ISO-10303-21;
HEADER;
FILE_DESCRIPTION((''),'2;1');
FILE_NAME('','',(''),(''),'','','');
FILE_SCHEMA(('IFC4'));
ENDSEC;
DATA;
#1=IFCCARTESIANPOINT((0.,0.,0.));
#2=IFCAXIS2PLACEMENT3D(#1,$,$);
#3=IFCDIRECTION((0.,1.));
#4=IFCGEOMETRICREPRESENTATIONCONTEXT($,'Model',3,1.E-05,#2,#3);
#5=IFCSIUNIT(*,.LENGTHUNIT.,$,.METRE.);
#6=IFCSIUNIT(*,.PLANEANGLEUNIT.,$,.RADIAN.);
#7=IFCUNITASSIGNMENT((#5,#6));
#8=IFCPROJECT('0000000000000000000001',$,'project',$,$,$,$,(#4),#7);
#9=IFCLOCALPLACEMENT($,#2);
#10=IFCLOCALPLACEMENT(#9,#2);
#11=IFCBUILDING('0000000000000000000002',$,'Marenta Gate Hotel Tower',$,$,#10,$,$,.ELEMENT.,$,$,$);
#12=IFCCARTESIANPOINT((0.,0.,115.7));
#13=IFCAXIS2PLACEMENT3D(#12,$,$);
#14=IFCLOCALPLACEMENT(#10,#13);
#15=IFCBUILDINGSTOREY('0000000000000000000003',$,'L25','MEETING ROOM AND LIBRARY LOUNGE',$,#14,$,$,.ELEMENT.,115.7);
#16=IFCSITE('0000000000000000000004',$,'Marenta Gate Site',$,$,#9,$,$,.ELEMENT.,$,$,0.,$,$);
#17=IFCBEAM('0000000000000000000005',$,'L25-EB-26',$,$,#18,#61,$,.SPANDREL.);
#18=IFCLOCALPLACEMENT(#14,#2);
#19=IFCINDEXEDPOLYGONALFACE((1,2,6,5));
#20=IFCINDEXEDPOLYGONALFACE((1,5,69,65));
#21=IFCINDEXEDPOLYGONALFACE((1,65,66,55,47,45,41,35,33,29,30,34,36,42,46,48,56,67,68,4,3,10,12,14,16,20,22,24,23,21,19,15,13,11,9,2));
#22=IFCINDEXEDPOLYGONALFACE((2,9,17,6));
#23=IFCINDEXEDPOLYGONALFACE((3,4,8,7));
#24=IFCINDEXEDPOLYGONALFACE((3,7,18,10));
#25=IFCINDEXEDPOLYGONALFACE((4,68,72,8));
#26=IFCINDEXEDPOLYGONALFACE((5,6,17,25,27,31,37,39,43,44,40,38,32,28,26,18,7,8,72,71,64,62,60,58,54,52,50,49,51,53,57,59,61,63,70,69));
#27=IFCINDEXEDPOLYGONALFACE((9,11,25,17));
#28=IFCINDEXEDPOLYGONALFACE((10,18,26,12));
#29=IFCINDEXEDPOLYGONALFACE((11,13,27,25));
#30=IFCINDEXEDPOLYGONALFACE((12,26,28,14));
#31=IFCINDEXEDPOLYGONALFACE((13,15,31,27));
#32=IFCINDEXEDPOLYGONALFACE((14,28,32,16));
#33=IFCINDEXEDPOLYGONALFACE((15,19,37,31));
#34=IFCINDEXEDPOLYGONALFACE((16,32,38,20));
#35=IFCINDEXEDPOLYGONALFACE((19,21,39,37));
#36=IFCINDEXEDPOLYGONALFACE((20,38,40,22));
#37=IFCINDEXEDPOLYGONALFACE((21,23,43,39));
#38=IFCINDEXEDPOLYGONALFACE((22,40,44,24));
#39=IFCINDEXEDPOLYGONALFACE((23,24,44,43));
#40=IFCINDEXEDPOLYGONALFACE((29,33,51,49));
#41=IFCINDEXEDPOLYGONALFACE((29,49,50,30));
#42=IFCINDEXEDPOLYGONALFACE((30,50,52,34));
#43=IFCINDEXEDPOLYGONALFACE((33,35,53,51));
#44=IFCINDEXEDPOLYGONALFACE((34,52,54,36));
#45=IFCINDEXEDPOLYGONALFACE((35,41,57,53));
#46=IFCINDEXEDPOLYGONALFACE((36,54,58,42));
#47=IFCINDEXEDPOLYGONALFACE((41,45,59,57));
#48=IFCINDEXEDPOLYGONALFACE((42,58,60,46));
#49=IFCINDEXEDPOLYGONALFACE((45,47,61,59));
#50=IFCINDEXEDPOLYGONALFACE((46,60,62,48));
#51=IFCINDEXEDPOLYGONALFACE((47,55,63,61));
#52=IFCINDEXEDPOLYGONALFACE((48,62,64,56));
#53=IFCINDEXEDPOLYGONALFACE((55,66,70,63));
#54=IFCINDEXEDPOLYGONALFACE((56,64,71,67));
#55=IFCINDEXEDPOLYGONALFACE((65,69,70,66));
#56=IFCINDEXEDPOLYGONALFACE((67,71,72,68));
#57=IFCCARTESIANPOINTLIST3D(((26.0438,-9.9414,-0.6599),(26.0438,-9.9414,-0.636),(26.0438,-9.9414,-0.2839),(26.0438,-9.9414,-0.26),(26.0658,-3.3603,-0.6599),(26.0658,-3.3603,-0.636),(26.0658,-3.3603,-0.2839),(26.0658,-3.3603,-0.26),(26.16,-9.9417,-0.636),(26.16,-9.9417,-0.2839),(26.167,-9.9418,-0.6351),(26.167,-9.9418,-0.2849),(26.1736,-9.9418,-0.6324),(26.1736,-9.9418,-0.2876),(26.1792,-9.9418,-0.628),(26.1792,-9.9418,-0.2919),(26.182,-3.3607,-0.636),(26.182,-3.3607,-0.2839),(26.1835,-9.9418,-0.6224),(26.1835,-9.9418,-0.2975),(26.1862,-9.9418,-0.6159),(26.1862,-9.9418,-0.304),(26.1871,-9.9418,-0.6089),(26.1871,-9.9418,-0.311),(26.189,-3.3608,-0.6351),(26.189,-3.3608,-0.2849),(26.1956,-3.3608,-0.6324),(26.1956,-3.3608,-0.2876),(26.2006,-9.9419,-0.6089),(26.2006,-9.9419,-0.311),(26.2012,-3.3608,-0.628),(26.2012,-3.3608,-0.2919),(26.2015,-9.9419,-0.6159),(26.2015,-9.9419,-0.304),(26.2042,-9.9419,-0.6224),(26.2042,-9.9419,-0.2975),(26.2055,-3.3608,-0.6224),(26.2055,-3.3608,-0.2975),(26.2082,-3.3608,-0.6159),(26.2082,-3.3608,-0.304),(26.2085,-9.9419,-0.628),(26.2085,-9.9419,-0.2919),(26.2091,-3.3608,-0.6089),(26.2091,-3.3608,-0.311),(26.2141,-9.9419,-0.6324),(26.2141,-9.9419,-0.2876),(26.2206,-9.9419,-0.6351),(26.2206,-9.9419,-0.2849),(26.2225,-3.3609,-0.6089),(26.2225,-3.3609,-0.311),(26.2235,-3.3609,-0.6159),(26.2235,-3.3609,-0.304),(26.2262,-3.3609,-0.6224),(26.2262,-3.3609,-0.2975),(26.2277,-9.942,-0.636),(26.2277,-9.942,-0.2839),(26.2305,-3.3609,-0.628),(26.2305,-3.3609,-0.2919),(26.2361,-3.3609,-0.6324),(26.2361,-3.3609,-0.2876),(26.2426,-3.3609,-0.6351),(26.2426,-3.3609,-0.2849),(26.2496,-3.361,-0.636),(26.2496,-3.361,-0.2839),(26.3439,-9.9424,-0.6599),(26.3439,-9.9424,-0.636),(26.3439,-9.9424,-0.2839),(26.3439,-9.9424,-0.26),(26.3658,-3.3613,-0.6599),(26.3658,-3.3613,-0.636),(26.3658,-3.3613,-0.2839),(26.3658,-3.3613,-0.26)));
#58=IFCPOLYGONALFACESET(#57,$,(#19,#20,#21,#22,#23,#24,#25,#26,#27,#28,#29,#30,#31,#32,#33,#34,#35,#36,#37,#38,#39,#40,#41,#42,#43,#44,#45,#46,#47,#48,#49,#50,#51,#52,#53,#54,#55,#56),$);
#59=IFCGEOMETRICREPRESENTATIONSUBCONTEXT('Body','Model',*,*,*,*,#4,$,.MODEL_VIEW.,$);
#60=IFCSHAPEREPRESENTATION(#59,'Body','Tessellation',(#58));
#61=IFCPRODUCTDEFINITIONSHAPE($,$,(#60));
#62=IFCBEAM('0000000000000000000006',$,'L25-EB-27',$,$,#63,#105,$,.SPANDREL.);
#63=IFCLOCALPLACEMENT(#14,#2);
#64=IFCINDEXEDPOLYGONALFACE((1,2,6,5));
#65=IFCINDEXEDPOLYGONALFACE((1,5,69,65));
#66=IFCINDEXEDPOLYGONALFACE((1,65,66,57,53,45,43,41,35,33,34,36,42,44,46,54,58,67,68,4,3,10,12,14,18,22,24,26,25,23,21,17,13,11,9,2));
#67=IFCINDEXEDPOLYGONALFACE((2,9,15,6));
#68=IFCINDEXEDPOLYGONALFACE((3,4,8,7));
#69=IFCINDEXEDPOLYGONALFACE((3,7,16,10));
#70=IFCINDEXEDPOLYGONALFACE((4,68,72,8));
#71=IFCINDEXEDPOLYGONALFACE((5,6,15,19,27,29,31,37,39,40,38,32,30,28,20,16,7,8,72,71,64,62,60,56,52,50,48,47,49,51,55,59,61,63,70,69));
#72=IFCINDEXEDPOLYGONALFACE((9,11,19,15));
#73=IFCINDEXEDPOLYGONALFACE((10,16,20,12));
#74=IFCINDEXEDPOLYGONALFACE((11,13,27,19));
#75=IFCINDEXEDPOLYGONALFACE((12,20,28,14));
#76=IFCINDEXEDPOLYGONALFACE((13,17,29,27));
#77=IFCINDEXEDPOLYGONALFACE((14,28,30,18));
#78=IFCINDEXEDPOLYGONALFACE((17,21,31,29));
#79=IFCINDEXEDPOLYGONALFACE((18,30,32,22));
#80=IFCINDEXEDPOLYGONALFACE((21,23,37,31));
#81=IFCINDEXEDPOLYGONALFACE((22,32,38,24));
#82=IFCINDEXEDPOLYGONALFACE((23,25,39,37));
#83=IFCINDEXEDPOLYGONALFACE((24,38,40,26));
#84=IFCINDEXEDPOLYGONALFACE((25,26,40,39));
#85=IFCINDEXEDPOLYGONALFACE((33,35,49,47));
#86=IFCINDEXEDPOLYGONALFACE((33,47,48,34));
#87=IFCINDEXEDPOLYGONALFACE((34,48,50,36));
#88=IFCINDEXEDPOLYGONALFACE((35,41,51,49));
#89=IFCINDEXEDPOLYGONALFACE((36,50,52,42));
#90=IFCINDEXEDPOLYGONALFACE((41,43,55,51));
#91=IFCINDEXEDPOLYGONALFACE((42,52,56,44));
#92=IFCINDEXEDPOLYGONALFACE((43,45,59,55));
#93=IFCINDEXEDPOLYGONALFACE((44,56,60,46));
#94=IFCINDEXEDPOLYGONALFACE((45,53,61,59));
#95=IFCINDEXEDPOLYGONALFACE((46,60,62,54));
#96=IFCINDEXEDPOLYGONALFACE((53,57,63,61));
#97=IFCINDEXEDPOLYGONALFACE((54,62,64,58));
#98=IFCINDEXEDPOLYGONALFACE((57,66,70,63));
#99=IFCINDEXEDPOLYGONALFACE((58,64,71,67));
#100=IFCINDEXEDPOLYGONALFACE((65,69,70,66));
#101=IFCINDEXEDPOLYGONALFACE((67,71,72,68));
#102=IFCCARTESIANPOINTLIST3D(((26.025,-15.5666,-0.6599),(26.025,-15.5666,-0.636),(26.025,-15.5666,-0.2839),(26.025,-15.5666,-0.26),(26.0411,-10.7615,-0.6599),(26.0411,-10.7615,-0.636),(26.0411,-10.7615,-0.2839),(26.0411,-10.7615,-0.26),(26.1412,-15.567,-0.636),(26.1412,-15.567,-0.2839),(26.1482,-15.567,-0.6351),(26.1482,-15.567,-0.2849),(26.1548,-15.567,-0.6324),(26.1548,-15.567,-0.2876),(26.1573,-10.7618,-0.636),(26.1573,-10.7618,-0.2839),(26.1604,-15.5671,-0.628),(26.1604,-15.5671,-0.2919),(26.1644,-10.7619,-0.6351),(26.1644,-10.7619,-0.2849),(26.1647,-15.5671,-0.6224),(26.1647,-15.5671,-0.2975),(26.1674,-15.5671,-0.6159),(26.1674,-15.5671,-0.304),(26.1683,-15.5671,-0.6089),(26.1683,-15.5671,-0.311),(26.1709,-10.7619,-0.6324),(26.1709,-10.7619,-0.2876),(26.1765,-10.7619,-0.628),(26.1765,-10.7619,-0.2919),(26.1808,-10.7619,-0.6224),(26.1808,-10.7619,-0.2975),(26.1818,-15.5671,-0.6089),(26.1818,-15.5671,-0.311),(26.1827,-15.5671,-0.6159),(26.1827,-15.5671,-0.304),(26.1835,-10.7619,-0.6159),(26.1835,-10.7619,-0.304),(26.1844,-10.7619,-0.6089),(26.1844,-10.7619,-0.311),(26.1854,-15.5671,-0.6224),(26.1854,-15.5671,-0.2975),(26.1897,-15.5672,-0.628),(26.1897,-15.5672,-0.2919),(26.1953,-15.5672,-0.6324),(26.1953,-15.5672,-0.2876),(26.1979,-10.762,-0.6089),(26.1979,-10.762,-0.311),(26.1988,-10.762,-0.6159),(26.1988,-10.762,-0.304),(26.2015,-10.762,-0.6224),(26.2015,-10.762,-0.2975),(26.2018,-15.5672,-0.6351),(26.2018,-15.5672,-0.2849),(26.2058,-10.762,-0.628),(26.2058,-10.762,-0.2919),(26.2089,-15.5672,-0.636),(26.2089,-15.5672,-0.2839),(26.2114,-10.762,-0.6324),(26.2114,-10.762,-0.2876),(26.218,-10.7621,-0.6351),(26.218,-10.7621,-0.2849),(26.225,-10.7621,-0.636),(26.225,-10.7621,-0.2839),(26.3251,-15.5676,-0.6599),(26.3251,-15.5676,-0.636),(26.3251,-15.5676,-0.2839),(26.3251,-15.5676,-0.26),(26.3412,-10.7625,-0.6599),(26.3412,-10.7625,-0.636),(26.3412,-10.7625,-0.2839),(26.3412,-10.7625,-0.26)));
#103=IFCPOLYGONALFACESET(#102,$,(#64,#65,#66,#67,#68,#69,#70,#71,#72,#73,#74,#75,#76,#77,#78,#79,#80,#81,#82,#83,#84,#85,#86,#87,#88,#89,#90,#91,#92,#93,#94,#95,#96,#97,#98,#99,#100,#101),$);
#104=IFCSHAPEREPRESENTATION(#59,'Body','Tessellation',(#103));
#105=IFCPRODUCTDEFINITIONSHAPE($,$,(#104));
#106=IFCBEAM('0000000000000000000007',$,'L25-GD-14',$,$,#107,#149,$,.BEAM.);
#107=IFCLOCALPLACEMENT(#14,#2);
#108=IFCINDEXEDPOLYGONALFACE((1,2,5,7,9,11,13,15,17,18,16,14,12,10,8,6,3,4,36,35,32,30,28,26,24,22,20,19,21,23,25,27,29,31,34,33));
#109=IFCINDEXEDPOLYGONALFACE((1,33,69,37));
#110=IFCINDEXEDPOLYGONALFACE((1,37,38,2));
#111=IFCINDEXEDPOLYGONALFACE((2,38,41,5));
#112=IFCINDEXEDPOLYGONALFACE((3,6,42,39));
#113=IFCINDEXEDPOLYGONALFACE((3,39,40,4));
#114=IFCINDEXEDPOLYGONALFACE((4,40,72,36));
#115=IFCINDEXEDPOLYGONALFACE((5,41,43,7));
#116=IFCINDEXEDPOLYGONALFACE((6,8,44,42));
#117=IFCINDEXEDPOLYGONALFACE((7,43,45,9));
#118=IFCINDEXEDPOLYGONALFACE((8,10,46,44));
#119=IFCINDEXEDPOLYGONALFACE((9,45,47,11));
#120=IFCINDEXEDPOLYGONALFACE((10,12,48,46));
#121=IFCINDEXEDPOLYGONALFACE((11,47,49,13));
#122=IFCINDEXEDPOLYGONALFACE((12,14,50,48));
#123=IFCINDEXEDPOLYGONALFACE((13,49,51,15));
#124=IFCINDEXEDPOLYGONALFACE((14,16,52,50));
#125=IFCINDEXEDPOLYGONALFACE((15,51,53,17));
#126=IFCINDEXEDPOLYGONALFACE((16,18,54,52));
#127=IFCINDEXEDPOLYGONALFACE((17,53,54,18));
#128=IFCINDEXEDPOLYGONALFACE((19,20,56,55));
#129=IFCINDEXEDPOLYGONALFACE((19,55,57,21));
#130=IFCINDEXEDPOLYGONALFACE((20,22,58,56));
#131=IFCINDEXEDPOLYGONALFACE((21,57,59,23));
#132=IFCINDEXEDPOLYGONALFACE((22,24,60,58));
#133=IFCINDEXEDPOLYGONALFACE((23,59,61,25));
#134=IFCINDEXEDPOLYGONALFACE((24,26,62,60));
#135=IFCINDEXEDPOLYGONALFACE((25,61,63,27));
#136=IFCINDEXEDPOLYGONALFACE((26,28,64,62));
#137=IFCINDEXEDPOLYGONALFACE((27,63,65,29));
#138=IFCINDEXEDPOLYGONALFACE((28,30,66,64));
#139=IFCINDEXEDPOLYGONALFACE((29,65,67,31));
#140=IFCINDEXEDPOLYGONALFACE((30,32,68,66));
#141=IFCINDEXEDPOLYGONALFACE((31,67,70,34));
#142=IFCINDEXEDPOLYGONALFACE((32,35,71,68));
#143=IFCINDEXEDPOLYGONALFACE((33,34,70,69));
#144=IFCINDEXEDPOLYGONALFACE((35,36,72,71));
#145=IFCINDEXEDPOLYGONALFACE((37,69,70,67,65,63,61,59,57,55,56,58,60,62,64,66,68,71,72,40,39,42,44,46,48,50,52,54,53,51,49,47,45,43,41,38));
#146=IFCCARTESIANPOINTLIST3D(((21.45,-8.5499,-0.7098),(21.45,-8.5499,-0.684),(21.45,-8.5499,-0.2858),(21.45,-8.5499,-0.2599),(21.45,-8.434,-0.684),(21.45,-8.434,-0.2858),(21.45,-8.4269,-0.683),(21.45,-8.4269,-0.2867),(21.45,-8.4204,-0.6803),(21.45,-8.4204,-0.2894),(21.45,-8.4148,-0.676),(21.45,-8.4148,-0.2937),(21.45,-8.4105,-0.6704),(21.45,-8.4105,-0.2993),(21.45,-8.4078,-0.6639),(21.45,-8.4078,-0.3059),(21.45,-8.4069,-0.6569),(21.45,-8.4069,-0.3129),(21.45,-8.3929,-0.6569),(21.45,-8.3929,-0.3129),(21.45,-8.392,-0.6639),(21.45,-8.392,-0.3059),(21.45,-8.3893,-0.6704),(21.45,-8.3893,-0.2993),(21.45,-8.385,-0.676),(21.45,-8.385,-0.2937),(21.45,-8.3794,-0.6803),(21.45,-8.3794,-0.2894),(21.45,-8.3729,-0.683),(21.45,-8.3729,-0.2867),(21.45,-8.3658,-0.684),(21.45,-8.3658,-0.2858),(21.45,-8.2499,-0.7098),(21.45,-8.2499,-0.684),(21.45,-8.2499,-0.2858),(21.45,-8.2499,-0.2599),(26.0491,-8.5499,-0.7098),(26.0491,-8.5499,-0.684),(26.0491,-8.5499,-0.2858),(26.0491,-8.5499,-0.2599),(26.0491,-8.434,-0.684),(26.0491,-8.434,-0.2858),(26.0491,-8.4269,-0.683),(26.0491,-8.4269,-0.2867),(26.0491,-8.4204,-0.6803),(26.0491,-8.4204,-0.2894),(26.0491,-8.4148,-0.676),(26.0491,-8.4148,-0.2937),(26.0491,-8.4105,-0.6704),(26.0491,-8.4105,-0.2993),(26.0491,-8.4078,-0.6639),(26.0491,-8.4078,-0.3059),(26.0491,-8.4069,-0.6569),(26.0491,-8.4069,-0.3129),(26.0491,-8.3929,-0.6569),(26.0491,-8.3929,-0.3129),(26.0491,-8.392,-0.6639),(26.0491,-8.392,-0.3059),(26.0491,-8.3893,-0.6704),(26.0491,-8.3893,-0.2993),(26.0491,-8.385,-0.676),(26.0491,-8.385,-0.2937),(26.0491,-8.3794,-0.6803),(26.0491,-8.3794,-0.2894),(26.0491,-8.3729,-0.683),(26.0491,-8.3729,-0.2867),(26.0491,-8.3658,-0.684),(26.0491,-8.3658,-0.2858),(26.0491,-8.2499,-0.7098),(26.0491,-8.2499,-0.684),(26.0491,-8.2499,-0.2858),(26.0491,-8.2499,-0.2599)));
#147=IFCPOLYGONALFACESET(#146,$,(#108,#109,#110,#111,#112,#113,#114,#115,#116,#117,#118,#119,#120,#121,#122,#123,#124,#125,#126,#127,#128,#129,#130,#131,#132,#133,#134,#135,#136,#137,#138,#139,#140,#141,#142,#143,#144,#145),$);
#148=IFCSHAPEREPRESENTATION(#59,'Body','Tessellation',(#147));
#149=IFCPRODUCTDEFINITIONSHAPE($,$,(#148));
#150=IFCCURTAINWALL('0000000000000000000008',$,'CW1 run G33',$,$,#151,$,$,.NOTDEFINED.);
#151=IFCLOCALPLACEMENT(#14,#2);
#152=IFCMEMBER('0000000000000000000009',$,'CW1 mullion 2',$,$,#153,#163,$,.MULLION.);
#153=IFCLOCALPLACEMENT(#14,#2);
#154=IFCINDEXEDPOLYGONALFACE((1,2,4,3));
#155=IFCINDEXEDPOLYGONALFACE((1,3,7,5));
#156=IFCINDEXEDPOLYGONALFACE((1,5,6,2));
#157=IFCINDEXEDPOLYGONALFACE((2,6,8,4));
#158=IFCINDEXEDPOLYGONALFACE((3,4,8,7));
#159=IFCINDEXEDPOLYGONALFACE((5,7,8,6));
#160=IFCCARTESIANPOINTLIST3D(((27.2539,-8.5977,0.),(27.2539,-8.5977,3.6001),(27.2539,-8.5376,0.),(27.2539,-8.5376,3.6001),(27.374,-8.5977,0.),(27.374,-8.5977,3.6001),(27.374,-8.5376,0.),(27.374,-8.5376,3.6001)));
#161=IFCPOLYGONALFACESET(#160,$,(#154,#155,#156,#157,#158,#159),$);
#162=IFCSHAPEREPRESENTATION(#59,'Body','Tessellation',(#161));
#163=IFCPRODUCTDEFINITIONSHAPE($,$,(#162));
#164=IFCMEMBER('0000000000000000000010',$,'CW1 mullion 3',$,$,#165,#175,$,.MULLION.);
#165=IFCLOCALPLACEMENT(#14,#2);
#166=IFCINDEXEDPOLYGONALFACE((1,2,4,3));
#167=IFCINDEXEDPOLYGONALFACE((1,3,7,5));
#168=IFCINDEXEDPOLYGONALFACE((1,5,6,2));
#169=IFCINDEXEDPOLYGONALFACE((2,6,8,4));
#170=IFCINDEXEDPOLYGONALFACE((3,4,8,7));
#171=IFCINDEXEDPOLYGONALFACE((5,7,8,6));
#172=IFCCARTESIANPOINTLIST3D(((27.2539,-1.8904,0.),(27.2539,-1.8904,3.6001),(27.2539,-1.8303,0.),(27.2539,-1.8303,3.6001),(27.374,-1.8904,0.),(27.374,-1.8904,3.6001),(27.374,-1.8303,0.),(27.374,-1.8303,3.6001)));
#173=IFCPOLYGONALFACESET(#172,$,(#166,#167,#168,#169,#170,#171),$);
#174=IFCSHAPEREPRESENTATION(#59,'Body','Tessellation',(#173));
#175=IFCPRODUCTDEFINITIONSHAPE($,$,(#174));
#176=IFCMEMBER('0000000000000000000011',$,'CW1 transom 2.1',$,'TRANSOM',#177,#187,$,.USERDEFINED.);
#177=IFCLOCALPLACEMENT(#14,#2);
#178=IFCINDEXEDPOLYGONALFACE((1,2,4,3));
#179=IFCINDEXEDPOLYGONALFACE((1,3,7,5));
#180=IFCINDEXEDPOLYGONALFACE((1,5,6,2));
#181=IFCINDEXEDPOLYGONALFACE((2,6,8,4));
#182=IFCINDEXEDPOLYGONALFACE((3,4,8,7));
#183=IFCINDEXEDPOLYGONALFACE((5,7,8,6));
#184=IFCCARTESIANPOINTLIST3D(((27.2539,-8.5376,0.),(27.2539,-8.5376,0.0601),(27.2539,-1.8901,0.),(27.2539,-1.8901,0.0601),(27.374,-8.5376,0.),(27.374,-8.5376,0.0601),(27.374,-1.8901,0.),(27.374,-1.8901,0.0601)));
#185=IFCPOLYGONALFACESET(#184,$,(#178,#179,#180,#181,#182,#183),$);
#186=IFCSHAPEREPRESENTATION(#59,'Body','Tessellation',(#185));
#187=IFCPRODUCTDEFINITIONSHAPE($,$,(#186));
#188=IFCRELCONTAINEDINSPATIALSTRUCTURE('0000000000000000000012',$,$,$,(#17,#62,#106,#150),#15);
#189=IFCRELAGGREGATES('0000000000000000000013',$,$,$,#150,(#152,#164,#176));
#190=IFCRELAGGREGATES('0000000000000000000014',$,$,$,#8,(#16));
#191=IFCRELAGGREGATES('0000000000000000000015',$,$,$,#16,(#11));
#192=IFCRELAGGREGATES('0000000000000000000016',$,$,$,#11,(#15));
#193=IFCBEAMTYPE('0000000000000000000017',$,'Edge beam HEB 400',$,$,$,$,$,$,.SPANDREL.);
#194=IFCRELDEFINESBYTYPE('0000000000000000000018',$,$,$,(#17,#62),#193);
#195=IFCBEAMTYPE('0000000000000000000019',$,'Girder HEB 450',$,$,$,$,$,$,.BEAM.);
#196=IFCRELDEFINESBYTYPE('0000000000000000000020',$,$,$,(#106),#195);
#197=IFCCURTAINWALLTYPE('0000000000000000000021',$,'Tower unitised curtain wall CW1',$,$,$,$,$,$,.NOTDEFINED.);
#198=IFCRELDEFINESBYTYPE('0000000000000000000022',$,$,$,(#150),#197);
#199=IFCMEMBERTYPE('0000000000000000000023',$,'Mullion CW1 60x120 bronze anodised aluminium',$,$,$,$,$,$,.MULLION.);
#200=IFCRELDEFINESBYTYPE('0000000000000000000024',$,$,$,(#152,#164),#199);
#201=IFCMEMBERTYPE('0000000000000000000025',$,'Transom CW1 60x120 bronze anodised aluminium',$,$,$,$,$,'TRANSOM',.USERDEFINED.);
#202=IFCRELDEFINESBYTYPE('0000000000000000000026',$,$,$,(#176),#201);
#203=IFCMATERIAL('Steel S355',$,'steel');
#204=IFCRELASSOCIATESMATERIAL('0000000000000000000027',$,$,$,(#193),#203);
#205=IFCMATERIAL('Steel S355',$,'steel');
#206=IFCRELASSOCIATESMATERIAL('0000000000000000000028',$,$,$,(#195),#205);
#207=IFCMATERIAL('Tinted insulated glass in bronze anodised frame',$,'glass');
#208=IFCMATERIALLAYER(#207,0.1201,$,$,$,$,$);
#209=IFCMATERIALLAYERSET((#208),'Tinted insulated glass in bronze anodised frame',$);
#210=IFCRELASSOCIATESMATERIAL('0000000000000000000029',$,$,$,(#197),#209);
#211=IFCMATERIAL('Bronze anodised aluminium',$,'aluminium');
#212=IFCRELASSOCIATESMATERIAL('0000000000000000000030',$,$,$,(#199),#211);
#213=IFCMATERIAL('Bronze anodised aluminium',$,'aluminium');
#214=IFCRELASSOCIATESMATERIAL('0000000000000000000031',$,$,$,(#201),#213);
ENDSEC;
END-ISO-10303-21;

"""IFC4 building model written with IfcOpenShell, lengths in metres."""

from ifc_helpers import new_model, si_unit, direction, frame, origin, origin_2d, place, context, subcontext, project, spatial, rectangle, i_section, extrude, material, layer, layer_set, material_profile, profile_set, type_object, element, aggregate, save


model = new_model("IFC4")

# Units and contexts
model_context = context("Model", 3, precision=1e-05, world=origin(), true_north=direction((0.0, 1.0)))
body_context = subcontext(model_context, "Body", "Model", "MODEL_VIEW")
ifc_project = project(units=[si_unit("LENGTHUNIT", "METRE"), si_unit("PLANEANGLEUNIT", "RADIAN")], contexts=[model_context])

# Site, building, storey
site_placement = place(None, origin())
site = spatial("IfcSite", under=ifc_project, at=site_placement, Name="Marenta Gate Site", CompositionType="ELEMENT", RefElevation=0.0)
building_placement = place(site_placement, origin())
building = spatial("IfcBuilding", under=site, at=building_placement, Name="Marenta Gate Hotel Tower", CompositionType="ELEMENT")
storey_placement = place(building_placement, frame((0.0, 0.0, 115.7)))
storey = spatial("IfcBuildingStorey", under=building, at=storey_placement, Name="L25", Description="MEETING ROOM AND LIBRARY LOUNGE", CompositionType="ELEMENT", Elevation=115.7)

# Beams
ifc_material_1 = material(Name="Steel S355", Category="steel")
ifc_material_profile_1 = material_profile(ifc_material_1, i_section(OverallWidth=0.3, OverallDepth=0.3999, WebThickness=0.0134, FlangeThickness=0.0239, FilletRadius=0.0271, at=origin_2d()), Name="HEB 400")
ifc_profile_set_1 = profile_set([ifc_material_profile_1], Name="Steel S355")
beam_type_1 = type_object("IfcBeamType", Name="Edge beam HEB 400", PredefinedType="SPANDREL", material=ifc_profile_set_1)
beam_1_placement = place(storey_placement, frame((26.2158, -3.3608, -0.46), z_axis=(-0.003339, -0.999994, 0.0), x_axis=(0.999994, -0.003339, 0.0)))
element("IfcBeam", 1, at=beam_1_placement, inside=storey, type_object=beam_type_1, Name="L25-EB-26", PredefinedType="SPANDREL", context=body_context, shape_type="SweptSolid", body=[
    extrude(i_section(OverallWidth=0.3, OverallDepth=0.3999, WebThickness=0.0134, FlangeThickness=0.0239, FilletRadius=0.0271, at=origin_2d()), origin(), (0.0, 0.0, 1.0), 6.5811),
])
beam_2_placement = place(storey_placement, frame((26.1912, -10.762, -0.46), z_axis=(-0.003353, -0.999994, 0.0), x_axis=(0.999994, -0.003353, 0.0)))
element("IfcBeam", 2, at=beam_2_placement, inside=storey, type_object=beam_type_1, Name="L25-EB-27", PredefinedType="SPANDREL", context=body_context, shape_type="SweptSolid", body=[
    extrude(i_section(OverallWidth=0.3, OverallDepth=0.3999, WebThickness=0.0134, FlangeThickness=0.0239, FilletRadius=0.0271, at=origin_2d()), origin(), (0.0, 0.0, 1.0), 4.8052),
])
ifc_material_2 = material(Name="Steel S355", Category="steel")
ifc_material_profile_2 = material_profile(ifc_material_2, i_section(OverallWidth=0.3, OverallDepth=0.45, WebThickness=0.0139, FlangeThickness=0.0259, FilletRadius=0.0271, at=origin_2d()), Name="HEB 450")
ifc_profile_set_2 = profile_set([ifc_material_profile_2], Name="Steel S355")
beam_type_2 = type_object("IfcBeamType", Name="Girder HEB 450", PredefinedType="BEAM", material=ifc_profile_set_2)
beam_3_placement = place(storey_placement, frame((21.45, -8.3999, -0.4849), z_axis=(1.0, 0.0, 0.0), x_axis=(0.0, 1.0, 0.0)))
element("IfcBeam", 3, at=beam_3_placement, inside=storey, type_object=beam_type_2, Name="L25-GD-14", PredefinedType="BEAM", context=body_context, shape_type="SweptSolid", body=[
    extrude(i_section(OverallWidth=0.3, OverallDepth=0.45, WebThickness=0.0139, FlangeThickness=0.0259, FilletRadius=0.0271, at=origin_2d()), origin(), (0.0, 0.0, 1.0), 4.5991),
])

# Curtain wall, members
ifc_material_3 = material(Name="Tinted insulated glass in bronze anodised frame", Category="glass")
ifc_layer_1 = layer(ifc_material_3, 0.1201)
ifc_layer_set_1 = layer_set([ifc_layer_1], Name="Tinted insulated glass in bronze anodised frame")
curtain_wall_type = type_object("IfcCurtainWallType", Name="Tower unitised curtain wall CW1", PredefinedType="NOTDEFINED", material=ifc_layer_set_1)
curtain_wall_placement = place(storey_placement, origin())
curtain_wall = element("IfcCurtainWall", 4, at=curtain_wall_placement, inside=storey, type_object=curtain_wall_type, Name="CW1 run G33", PredefinedType="NOTDEFINED")
ifc_material_4 = material(Name="Bronze anodised aluminium", Category="aluminium")
ifc_material_profile_3 = material_profile(ifc_material_4, rectangle(XDim=0.1201, YDim=0.0601, at=origin_2d()), Name="Mullion CW1 60x120 bronze anodised aluminium")
ifc_profile_set_3 = profile_set([ifc_material_profile_3], Name="Bronze anodised aluminium")
member_type_1 = type_object("IfcMemberType", Name="Mullion CW1 60x120 bronze anodised aluminium", PredefinedType="MULLION", material=ifc_profile_set_3)
member_1_placement = place(storey_placement, frame((27.314, -8.5676, 0.0), z_axis=(0.0, 0.0, 1.0), x_axis=(-1.0, 0.0, 0.0)))
member_1 = element("IfcMember", 5, at=member_1_placement, type_object=member_type_1, Name="CW1 mullion 2", PredefinedType="MULLION", context=body_context, shape_type="SweptSolid", body=[
    extrude(rectangle(XDim=0.1201, YDim=0.0601, at=origin_2d()), origin(), (0.0, 0.0, 1.0), 3.6001),
])
member_2_placement = place(storey_placement, frame((27.314, -1.8604, 0.0), z_axis=(0.0, 0.0, 1.0), x_axis=(-1.0, 0.0, 0.0)))
member_2 = element("IfcMember", 6, at=member_2_placement, type_object=member_type_1, Name="CW1 mullion 3", PredefinedType="MULLION", context=body_context, shape_type="SweptSolid", body=[
    extrude(rectangle(XDim=0.1201, YDim=0.0601, at=origin_2d()), origin(), (0.0, 0.0, 1.0), 3.6001),
])
ifc_material_5 = material(Name="Bronze anodised aluminium", Category="aluminium")
ifc_material_profile_4 = material_profile(ifc_material_5, rectangle(XDim=0.1201, YDim=0.0601, at=origin_2d()), Name="Transom CW1 60x120 bronze anodised aluminium")
ifc_profile_set_4 = profile_set([ifc_material_profile_4], Name="Bronze anodised aluminium")
member_type_2 = type_object("IfcMemberType", Name="Transom CW1 60x120 bronze anodised aluminium", ElementType="TRANSOM", PredefinedType="USERDEFINED", material=ifc_profile_set_4)
member_3_placement = place(storey_placement, frame((27.314, -8.5376, 0.03), z_axis=(0.0, 1.0, 0.0), x_axis=(-1.0, 0.0, 0.0)))
member_3 = element("IfcMember", 7, at=member_3_placement, type_object=member_type_2, Name="CW1 transom 2.1", ObjectType="TRANSOM", PredefinedType="USERDEFINED", context=body_context, shape_type="SweptSolid", body=[
    extrude(rectangle(XDim=0.1201, YDim=0.0601, at=origin_2d()), origin(), (0.0, 0.0, 1.0), 6.6475),
])
aggregate(curtain_wall, [member_1, member_2, member_3])

save(model, "model.ifc")
